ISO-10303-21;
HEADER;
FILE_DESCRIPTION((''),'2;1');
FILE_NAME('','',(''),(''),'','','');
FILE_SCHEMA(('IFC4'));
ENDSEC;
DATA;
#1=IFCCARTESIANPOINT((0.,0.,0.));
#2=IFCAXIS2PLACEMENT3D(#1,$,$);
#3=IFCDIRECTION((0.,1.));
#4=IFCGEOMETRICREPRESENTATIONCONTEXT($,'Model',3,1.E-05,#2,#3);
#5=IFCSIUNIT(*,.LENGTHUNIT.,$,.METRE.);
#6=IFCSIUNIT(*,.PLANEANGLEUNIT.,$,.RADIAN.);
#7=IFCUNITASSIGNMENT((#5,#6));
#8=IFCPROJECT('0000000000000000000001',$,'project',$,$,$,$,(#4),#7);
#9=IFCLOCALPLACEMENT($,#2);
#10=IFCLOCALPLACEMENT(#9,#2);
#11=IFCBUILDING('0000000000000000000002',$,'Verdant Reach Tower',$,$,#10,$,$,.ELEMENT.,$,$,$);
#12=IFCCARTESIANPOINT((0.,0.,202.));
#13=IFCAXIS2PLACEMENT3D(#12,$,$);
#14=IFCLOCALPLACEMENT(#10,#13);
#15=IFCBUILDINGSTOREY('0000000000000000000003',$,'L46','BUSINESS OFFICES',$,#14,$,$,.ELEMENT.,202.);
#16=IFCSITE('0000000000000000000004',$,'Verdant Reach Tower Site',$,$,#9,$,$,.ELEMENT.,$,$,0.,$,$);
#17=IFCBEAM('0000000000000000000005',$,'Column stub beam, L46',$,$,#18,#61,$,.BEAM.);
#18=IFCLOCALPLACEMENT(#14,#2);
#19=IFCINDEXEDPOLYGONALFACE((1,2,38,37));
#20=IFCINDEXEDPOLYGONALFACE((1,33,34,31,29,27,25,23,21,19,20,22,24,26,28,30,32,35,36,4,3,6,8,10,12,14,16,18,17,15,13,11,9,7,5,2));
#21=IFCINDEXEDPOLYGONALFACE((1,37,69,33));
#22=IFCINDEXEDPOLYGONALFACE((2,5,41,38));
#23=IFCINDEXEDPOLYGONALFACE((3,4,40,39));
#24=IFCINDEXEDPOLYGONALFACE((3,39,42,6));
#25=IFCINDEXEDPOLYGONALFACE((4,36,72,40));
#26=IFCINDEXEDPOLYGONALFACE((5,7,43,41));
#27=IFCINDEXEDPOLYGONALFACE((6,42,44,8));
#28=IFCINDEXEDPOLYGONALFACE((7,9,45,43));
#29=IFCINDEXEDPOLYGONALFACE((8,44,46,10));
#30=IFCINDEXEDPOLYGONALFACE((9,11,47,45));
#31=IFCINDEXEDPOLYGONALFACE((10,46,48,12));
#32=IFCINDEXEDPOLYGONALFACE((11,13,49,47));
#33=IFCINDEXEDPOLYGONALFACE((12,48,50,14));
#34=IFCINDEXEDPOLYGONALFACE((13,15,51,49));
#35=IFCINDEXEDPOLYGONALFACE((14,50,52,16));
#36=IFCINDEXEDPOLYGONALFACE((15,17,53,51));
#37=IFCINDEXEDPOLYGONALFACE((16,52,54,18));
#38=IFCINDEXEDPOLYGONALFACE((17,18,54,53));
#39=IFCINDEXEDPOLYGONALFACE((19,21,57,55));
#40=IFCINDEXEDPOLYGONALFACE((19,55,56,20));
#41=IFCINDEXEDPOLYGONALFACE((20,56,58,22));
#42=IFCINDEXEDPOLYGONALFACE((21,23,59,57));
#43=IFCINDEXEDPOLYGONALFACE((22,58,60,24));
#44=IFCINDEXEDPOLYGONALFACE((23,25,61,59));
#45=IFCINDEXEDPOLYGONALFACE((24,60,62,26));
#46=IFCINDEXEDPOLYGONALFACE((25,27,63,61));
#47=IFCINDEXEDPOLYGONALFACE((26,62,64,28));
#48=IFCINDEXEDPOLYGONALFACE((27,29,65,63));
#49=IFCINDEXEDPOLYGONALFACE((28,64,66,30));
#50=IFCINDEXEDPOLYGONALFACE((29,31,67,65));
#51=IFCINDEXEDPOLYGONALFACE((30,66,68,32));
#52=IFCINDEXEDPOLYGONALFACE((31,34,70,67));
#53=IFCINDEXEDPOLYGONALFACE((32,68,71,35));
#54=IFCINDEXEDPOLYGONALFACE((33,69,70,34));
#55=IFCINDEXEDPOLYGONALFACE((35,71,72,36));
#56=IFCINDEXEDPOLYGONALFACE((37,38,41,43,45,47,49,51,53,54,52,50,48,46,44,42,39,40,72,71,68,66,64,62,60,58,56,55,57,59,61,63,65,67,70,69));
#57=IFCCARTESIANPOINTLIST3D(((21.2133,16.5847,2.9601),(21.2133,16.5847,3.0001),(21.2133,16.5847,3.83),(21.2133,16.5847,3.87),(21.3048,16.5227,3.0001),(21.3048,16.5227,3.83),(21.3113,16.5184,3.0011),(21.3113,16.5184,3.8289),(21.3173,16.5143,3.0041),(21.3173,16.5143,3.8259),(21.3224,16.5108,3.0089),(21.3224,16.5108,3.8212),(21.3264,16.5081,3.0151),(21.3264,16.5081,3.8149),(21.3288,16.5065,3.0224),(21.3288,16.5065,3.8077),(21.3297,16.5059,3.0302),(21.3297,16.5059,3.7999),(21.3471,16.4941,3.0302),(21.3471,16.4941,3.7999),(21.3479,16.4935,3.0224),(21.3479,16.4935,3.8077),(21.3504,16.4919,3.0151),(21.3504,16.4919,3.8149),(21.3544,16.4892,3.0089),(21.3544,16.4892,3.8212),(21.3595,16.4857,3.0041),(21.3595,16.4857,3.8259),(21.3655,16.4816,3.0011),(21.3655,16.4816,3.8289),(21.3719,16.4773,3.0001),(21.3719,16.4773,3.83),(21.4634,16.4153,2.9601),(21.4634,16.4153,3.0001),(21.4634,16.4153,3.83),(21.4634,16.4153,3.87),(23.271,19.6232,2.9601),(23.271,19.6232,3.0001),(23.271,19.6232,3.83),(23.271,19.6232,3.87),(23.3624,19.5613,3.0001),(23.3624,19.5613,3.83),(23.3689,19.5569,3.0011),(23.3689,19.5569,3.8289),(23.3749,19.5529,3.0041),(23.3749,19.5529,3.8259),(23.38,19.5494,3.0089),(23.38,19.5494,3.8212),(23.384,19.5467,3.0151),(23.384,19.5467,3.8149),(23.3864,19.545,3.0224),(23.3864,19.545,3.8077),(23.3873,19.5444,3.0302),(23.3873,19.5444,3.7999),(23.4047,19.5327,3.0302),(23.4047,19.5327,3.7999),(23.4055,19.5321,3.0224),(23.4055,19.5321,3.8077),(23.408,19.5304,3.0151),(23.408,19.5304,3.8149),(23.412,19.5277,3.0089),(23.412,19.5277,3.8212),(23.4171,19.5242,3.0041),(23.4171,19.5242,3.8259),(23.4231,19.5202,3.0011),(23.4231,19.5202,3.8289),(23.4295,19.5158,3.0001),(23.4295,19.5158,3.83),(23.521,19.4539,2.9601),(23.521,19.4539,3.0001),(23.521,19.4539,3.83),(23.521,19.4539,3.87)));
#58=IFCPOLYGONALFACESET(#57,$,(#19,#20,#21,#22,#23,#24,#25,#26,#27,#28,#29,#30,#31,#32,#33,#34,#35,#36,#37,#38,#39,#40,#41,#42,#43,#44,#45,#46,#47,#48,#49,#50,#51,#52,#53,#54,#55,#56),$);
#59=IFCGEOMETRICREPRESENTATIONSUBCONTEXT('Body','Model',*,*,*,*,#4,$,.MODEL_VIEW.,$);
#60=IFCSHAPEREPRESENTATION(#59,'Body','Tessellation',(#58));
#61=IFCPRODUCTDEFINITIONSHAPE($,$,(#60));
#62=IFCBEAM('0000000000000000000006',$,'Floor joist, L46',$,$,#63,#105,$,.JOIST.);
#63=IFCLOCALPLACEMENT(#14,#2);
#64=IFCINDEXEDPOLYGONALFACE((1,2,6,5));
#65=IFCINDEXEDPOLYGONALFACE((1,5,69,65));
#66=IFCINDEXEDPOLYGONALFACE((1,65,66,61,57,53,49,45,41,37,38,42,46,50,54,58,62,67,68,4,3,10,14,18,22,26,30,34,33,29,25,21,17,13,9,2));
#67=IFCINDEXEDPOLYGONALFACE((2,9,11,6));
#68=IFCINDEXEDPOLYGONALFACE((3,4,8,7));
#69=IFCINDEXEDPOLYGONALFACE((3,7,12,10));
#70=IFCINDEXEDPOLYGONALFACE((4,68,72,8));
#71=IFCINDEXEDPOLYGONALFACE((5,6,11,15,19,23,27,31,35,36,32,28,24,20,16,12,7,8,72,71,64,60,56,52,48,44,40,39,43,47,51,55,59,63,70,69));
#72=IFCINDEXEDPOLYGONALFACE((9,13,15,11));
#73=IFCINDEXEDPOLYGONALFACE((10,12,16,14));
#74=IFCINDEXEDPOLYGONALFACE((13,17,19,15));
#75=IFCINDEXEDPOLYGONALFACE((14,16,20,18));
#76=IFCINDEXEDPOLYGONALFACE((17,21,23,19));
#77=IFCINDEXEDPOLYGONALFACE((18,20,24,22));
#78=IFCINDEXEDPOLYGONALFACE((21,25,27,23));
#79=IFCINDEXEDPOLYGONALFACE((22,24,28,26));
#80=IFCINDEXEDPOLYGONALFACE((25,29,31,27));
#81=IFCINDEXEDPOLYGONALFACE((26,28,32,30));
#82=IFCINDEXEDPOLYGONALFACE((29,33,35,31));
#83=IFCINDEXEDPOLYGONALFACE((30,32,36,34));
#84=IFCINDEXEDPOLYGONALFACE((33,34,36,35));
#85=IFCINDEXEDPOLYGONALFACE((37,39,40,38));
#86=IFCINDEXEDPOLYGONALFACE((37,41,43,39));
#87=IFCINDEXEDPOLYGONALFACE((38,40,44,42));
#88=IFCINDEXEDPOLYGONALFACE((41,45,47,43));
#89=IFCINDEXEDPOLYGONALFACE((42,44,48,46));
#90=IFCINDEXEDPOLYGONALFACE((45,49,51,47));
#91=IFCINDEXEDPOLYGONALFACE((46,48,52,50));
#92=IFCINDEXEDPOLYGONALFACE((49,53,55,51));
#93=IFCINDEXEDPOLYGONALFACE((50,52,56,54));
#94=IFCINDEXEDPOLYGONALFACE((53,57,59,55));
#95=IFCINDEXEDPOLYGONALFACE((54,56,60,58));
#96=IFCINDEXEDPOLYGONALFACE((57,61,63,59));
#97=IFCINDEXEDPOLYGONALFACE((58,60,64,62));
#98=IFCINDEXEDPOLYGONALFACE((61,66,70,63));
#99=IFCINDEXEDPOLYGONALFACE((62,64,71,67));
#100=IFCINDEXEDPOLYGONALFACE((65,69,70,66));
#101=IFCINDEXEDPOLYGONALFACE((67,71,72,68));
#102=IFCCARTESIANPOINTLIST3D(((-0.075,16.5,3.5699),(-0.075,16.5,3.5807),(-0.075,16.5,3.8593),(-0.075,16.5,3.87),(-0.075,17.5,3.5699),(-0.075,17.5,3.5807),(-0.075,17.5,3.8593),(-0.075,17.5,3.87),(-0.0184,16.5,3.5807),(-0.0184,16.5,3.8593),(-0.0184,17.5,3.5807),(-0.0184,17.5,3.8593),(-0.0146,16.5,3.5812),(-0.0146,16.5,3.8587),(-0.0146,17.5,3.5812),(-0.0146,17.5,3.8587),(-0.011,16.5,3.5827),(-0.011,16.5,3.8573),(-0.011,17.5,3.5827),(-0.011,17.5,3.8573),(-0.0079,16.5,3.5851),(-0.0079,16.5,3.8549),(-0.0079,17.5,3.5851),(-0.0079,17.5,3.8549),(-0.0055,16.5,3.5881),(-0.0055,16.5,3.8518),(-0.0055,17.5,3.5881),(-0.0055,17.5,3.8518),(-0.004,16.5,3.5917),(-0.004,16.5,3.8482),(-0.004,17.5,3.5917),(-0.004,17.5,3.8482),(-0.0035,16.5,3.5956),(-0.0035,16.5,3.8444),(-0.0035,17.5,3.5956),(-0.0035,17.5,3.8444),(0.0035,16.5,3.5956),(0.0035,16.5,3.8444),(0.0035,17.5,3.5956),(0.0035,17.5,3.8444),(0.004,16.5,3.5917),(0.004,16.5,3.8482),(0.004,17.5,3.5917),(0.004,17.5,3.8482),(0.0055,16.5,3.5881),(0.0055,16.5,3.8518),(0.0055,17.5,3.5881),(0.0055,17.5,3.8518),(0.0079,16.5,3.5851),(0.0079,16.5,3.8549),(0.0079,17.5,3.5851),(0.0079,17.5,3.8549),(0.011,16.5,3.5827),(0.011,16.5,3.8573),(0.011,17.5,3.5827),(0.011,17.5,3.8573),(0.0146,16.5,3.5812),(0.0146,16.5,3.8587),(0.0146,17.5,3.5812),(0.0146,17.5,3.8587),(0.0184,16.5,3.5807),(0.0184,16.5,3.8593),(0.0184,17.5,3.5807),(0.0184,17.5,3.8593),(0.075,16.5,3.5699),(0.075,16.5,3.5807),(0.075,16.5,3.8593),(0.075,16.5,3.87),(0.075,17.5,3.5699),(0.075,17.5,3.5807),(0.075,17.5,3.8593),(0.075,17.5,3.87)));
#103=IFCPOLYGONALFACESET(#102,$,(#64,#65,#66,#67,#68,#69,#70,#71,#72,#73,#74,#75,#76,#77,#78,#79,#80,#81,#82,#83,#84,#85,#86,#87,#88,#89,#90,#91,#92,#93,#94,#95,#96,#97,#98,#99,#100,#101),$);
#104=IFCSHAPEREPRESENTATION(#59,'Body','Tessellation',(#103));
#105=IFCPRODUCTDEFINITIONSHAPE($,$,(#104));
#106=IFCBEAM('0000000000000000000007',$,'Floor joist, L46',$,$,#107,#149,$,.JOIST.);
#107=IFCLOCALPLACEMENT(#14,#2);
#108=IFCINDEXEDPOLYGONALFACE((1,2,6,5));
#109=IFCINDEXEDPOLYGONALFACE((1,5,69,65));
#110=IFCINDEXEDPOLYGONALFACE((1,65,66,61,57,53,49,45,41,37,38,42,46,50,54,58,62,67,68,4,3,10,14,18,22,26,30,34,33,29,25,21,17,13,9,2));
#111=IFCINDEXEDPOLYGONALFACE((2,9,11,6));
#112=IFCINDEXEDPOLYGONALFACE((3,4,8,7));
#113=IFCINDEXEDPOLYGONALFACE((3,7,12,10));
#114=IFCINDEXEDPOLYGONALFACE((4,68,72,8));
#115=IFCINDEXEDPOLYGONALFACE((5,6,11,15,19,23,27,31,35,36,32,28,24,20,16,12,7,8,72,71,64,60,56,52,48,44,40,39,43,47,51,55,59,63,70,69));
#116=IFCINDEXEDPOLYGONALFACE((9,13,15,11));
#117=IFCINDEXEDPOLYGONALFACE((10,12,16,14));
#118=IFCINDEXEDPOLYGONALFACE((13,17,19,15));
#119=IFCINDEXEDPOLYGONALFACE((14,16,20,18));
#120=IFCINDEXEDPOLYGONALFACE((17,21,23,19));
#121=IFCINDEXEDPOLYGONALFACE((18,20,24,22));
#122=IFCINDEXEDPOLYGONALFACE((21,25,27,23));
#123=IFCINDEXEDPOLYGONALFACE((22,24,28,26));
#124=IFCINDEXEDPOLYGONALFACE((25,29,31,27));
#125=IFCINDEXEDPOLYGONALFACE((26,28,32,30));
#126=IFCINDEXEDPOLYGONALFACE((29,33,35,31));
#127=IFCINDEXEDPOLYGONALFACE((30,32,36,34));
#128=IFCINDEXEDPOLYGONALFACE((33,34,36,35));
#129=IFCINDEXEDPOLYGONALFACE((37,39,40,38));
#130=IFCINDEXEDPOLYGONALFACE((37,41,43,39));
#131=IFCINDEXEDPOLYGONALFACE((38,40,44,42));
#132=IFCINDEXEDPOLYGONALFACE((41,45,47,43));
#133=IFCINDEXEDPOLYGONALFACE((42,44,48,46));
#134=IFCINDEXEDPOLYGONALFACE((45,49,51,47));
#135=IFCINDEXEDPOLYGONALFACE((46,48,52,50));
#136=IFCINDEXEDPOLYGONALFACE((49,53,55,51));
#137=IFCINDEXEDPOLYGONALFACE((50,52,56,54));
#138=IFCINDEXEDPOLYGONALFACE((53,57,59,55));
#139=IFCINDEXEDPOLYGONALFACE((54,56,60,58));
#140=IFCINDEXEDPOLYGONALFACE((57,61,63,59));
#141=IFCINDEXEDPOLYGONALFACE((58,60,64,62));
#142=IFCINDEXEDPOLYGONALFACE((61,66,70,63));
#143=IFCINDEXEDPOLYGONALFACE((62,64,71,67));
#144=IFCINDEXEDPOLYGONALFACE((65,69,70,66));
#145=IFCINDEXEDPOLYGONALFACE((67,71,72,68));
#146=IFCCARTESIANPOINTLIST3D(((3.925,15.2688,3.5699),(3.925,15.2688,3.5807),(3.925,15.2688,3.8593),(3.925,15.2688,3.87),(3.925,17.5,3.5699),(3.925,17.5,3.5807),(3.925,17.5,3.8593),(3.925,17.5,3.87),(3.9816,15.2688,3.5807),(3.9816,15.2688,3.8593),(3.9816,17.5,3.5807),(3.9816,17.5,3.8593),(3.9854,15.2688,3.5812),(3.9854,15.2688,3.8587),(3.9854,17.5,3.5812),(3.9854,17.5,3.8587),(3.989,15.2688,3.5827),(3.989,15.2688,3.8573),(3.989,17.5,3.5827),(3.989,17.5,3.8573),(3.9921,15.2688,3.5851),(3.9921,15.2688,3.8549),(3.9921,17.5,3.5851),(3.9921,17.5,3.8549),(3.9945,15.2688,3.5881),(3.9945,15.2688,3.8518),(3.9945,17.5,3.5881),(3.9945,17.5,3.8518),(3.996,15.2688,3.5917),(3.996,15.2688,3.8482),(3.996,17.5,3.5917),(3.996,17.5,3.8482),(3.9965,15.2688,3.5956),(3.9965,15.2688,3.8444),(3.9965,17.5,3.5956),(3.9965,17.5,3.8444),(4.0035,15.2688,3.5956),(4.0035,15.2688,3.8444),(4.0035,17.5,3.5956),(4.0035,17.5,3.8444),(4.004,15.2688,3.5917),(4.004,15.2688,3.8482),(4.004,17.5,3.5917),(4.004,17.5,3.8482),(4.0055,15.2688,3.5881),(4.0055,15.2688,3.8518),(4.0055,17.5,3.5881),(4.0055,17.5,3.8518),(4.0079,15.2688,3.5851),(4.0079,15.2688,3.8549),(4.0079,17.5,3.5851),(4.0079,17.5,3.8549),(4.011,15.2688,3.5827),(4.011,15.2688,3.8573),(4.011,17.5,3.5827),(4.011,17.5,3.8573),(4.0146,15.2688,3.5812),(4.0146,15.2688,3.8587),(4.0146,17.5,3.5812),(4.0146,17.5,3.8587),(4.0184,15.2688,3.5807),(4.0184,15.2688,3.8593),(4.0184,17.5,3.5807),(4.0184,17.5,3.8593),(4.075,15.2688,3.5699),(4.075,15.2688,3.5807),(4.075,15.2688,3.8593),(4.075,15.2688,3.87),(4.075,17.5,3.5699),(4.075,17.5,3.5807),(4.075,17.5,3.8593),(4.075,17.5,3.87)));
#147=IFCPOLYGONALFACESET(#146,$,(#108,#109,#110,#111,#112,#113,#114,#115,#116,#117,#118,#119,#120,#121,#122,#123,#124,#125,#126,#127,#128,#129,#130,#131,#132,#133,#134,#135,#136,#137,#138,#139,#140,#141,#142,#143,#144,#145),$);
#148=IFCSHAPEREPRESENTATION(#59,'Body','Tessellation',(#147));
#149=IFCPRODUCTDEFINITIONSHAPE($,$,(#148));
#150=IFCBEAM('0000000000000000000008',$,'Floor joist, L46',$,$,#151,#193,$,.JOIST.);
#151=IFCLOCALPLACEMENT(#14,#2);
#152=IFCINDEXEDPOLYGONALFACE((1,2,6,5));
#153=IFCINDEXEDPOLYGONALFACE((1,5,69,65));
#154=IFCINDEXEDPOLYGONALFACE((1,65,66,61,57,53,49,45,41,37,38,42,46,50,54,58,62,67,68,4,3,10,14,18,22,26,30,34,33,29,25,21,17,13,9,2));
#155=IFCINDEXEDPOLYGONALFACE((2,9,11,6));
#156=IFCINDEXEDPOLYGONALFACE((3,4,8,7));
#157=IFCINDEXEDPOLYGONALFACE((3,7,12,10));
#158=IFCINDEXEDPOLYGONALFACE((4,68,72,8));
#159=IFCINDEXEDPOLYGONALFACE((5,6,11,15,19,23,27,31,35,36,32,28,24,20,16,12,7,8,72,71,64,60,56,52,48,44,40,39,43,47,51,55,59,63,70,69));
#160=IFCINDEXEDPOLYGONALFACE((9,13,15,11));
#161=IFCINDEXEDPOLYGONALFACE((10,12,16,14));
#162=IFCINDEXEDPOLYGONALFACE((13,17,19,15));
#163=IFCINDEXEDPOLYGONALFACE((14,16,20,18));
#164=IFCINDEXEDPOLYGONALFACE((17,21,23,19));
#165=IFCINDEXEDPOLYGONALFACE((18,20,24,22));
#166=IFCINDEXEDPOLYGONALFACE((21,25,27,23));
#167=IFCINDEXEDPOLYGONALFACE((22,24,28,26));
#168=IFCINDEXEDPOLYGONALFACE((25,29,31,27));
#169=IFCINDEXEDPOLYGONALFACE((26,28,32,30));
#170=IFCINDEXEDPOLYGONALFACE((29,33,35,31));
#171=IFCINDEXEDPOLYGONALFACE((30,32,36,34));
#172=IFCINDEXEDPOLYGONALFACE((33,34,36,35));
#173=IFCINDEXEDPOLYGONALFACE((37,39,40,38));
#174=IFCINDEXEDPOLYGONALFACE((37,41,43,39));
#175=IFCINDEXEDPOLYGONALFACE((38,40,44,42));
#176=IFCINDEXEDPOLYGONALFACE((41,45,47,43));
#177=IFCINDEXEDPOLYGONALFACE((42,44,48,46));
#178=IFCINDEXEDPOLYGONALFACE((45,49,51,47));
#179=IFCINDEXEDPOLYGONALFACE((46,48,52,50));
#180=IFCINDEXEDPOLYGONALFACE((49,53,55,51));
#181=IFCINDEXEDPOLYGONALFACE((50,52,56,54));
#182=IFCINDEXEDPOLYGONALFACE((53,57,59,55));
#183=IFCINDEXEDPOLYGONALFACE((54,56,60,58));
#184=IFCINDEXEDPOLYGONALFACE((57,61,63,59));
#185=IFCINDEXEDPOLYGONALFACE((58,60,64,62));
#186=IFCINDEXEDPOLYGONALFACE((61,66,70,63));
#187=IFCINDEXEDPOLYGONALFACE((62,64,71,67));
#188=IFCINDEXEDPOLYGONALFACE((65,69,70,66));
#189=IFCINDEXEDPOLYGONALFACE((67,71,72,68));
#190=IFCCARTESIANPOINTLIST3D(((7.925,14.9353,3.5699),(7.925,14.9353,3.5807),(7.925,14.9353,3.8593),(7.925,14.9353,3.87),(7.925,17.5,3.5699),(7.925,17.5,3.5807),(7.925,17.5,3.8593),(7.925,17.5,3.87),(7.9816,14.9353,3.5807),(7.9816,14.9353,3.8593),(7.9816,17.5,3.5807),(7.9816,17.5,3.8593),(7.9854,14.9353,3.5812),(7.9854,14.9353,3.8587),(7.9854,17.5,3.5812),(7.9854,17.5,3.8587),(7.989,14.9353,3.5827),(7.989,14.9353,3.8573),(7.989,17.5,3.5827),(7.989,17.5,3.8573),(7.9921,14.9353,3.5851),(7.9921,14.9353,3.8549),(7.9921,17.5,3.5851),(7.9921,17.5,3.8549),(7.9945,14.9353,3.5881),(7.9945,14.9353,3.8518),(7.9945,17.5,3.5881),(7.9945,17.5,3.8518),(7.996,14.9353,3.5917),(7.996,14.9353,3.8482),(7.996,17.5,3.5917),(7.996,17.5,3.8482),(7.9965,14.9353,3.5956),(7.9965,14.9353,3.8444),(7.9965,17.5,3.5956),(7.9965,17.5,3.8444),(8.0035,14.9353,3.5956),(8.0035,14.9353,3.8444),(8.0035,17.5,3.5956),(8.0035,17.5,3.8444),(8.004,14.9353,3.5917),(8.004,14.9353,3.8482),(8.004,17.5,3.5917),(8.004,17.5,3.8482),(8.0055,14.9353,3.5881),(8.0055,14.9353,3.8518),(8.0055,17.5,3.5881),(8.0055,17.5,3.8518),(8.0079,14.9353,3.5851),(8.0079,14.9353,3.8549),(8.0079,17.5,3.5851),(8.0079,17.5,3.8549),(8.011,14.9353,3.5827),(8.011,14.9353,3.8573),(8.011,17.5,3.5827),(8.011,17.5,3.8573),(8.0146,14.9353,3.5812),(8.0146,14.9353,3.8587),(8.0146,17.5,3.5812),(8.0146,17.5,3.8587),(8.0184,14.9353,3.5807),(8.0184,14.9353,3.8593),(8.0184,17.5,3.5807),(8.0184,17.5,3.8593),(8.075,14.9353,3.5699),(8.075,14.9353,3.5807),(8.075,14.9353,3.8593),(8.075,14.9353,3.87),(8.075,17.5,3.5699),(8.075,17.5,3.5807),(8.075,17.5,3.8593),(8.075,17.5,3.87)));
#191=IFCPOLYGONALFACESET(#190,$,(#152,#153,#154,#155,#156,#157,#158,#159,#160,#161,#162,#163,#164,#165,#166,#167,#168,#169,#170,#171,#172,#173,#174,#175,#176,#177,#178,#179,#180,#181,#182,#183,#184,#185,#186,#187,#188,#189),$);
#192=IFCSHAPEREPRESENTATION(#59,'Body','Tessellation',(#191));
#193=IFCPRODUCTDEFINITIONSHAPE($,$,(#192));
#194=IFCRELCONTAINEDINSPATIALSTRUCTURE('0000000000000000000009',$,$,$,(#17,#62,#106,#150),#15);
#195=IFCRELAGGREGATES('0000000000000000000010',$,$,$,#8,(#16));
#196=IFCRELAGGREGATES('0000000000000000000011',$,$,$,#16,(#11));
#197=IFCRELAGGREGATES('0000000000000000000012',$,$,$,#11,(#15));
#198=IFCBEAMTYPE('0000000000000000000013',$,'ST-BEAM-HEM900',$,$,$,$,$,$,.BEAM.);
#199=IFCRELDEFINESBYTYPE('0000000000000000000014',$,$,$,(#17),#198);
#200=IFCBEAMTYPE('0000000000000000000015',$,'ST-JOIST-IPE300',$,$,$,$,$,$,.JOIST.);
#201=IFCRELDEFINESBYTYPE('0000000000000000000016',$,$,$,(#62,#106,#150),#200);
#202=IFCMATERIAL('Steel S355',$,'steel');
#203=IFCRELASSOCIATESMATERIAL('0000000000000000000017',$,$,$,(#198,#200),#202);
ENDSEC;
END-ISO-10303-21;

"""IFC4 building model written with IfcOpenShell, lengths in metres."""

from ifc_helpers import new_model, si_unit, direction, frame, origin, origin_2d, place, context, subcontext, project, spatial, i_section, extrude, material, material_profile, profile_set, type_object, element, save


model = new_model("IFC4")

# Units and contexts
model_context = context("Model", 3, precision=1e-05, world=origin(), true_north=direction((0.0, 1.0)))
body_context = subcontext(model_context, "Body", "Model", "MODEL_VIEW")
ifc_project = project(units=[si_unit("LENGTHUNIT", "METRE"), si_unit("PLANEANGLEUNIT", "RADIAN")], contexts=[model_context])

# Site, building, storey
site_placement = place(None, origin())
site = spatial("IfcSite", under=ifc_project, at=site_placement, Name="Verdant Reach Tower Site", CompositionType="ELEMENT", RefElevation=0.0)
building_placement = place(site_placement, origin())
building = spatial("IfcBuilding", under=site, at=building_placement, Name="Verdant Reach Tower", CompositionType="ELEMENT")
storey_placement = place(building_placement, frame((0.0, 0.0, 202.0)))
storey = spatial("IfcBuildingStorey", under=building, at=storey_placement, Name="L46", Description="BUSINESS OFFICES", CompositionType="ELEMENT", Elevation=202.0)

# Beams
ifc_material_1 = material(Name="Steel S355", Category="steel")
ifc_material_profile_1 = material_profile(ifc_material_1, i_section(OverallWidth=0.302, OverallDepth=0.9099, WebThickness=0.021, FlangeThickness=0.04, FilletRadius=0.03, at=origin_2d()), Name="HEM 900")
ifc_profile_set_1 = profile_set([ifc_material_profile_1], Name="Steel S355")
beam_type_1 = type_object("IfcBeamType", Name="ST-BEAM-HEM900", PredefinedType="BEAM", material=ifc_profile_set_1)
beam_1_placement = place(storey_placement, frame((21.3384, 16.5, 3.415), z_axis=(0.560704, 0.828016, 0.0), x_axis=(-0.828016, 0.560704, 0.0)))
element("IfcBeam", 1, at=beam_1_placement, inside=storey, type_object=beam_type_1, Name="Column stub beam, L46", PredefinedType="BEAM", context=body_context, shape_type="SweptSolid", body=[
    extrude(i_section(OverallWidth=0.302, OverallDepth=0.9099, WebThickness=0.021, FlangeThickness=0.04, FilletRadius=0.03, at=origin_2d()), origin(), (0.0, 0.0, 1.0), 3.6697),
])
ifc_material_profile_2 = material_profile(ifc_material_1, i_section(OverallWidth=0.1499, OverallDepth=0.3, WebThickness=0.0071, FlangeThickness=0.0107, FilletRadius=0.0149, at=origin_2d()), Name="IPE 300")
ifc_profile_set_2 = profile_set([ifc_material_profile_2], Name="Steel S355")
beam_type_2 = type_object("IfcBeamType", Name="ST-JOIST-IPE300", PredefinedType="JOIST", material=ifc_profile_set_2)
beam_2_placement = place(storey_placement, frame((0.0, 17.5, 3.72), z_axis=(0.0, -1.0, 0.0), x_axis=(1.0, 0.0, 0.0)))
element("IfcBeam", 2, at=beam_2_placement, inside=storey, type_object=beam_type_2, Name="Floor joist, L46", PredefinedType="JOIST", context=body_context, shape_type="SweptSolid", body=[
    extrude(i_section(OverallWidth=0.1499, OverallDepth=0.3, WebThickness=0.0071, FlangeThickness=0.0107, FilletRadius=0.0149, at=origin_2d()), origin(), (0.0, 0.0, 1.0), 1.0),
])
beam_3_placement = place(storey_placement, frame((4.0, 17.5, 3.72), z_axis=(0.0, -1.0, 0.0), x_axis=(1.0, 0.0, 0.0)))
element("IfcBeam", 3, at=beam_3_placement, inside=storey, type_object=beam_type_2, Name="Floor joist, L46", PredefinedType="JOIST", context=body_context, shape_type="SweptSolid", body=[
    extrude(i_section(OverallWidth=0.1499, OverallDepth=0.3, WebThickness=0.0071, FlangeThickness=0.0107, FilletRadius=0.0149, at=origin_2d()), origin(), (0.0, 0.0, 1.0), 2.2312),
])
beam_4_placement = place(storey_placement, frame((8.0, 17.5, 3.72), z_axis=(0.0, -1.0, 0.0), x_axis=(1.0, 0.0, 0.0)))
element("IfcBeam", 4, at=beam_4_placement, inside=storey, type_object=beam_type_2, Name="Floor joist, L46", PredefinedType="JOIST", context=body_context, shape_type="SweptSolid", body=[
    extrude(i_section(OverallWidth=0.1499, OverallDepth=0.3, WebThickness=0.0071, FlangeThickness=0.0107, FilletRadius=0.0149, at=origin_2d()), origin(), (0.0, 0.0, 1.0), 2.5647),
])

save(model, "model.ifc")
